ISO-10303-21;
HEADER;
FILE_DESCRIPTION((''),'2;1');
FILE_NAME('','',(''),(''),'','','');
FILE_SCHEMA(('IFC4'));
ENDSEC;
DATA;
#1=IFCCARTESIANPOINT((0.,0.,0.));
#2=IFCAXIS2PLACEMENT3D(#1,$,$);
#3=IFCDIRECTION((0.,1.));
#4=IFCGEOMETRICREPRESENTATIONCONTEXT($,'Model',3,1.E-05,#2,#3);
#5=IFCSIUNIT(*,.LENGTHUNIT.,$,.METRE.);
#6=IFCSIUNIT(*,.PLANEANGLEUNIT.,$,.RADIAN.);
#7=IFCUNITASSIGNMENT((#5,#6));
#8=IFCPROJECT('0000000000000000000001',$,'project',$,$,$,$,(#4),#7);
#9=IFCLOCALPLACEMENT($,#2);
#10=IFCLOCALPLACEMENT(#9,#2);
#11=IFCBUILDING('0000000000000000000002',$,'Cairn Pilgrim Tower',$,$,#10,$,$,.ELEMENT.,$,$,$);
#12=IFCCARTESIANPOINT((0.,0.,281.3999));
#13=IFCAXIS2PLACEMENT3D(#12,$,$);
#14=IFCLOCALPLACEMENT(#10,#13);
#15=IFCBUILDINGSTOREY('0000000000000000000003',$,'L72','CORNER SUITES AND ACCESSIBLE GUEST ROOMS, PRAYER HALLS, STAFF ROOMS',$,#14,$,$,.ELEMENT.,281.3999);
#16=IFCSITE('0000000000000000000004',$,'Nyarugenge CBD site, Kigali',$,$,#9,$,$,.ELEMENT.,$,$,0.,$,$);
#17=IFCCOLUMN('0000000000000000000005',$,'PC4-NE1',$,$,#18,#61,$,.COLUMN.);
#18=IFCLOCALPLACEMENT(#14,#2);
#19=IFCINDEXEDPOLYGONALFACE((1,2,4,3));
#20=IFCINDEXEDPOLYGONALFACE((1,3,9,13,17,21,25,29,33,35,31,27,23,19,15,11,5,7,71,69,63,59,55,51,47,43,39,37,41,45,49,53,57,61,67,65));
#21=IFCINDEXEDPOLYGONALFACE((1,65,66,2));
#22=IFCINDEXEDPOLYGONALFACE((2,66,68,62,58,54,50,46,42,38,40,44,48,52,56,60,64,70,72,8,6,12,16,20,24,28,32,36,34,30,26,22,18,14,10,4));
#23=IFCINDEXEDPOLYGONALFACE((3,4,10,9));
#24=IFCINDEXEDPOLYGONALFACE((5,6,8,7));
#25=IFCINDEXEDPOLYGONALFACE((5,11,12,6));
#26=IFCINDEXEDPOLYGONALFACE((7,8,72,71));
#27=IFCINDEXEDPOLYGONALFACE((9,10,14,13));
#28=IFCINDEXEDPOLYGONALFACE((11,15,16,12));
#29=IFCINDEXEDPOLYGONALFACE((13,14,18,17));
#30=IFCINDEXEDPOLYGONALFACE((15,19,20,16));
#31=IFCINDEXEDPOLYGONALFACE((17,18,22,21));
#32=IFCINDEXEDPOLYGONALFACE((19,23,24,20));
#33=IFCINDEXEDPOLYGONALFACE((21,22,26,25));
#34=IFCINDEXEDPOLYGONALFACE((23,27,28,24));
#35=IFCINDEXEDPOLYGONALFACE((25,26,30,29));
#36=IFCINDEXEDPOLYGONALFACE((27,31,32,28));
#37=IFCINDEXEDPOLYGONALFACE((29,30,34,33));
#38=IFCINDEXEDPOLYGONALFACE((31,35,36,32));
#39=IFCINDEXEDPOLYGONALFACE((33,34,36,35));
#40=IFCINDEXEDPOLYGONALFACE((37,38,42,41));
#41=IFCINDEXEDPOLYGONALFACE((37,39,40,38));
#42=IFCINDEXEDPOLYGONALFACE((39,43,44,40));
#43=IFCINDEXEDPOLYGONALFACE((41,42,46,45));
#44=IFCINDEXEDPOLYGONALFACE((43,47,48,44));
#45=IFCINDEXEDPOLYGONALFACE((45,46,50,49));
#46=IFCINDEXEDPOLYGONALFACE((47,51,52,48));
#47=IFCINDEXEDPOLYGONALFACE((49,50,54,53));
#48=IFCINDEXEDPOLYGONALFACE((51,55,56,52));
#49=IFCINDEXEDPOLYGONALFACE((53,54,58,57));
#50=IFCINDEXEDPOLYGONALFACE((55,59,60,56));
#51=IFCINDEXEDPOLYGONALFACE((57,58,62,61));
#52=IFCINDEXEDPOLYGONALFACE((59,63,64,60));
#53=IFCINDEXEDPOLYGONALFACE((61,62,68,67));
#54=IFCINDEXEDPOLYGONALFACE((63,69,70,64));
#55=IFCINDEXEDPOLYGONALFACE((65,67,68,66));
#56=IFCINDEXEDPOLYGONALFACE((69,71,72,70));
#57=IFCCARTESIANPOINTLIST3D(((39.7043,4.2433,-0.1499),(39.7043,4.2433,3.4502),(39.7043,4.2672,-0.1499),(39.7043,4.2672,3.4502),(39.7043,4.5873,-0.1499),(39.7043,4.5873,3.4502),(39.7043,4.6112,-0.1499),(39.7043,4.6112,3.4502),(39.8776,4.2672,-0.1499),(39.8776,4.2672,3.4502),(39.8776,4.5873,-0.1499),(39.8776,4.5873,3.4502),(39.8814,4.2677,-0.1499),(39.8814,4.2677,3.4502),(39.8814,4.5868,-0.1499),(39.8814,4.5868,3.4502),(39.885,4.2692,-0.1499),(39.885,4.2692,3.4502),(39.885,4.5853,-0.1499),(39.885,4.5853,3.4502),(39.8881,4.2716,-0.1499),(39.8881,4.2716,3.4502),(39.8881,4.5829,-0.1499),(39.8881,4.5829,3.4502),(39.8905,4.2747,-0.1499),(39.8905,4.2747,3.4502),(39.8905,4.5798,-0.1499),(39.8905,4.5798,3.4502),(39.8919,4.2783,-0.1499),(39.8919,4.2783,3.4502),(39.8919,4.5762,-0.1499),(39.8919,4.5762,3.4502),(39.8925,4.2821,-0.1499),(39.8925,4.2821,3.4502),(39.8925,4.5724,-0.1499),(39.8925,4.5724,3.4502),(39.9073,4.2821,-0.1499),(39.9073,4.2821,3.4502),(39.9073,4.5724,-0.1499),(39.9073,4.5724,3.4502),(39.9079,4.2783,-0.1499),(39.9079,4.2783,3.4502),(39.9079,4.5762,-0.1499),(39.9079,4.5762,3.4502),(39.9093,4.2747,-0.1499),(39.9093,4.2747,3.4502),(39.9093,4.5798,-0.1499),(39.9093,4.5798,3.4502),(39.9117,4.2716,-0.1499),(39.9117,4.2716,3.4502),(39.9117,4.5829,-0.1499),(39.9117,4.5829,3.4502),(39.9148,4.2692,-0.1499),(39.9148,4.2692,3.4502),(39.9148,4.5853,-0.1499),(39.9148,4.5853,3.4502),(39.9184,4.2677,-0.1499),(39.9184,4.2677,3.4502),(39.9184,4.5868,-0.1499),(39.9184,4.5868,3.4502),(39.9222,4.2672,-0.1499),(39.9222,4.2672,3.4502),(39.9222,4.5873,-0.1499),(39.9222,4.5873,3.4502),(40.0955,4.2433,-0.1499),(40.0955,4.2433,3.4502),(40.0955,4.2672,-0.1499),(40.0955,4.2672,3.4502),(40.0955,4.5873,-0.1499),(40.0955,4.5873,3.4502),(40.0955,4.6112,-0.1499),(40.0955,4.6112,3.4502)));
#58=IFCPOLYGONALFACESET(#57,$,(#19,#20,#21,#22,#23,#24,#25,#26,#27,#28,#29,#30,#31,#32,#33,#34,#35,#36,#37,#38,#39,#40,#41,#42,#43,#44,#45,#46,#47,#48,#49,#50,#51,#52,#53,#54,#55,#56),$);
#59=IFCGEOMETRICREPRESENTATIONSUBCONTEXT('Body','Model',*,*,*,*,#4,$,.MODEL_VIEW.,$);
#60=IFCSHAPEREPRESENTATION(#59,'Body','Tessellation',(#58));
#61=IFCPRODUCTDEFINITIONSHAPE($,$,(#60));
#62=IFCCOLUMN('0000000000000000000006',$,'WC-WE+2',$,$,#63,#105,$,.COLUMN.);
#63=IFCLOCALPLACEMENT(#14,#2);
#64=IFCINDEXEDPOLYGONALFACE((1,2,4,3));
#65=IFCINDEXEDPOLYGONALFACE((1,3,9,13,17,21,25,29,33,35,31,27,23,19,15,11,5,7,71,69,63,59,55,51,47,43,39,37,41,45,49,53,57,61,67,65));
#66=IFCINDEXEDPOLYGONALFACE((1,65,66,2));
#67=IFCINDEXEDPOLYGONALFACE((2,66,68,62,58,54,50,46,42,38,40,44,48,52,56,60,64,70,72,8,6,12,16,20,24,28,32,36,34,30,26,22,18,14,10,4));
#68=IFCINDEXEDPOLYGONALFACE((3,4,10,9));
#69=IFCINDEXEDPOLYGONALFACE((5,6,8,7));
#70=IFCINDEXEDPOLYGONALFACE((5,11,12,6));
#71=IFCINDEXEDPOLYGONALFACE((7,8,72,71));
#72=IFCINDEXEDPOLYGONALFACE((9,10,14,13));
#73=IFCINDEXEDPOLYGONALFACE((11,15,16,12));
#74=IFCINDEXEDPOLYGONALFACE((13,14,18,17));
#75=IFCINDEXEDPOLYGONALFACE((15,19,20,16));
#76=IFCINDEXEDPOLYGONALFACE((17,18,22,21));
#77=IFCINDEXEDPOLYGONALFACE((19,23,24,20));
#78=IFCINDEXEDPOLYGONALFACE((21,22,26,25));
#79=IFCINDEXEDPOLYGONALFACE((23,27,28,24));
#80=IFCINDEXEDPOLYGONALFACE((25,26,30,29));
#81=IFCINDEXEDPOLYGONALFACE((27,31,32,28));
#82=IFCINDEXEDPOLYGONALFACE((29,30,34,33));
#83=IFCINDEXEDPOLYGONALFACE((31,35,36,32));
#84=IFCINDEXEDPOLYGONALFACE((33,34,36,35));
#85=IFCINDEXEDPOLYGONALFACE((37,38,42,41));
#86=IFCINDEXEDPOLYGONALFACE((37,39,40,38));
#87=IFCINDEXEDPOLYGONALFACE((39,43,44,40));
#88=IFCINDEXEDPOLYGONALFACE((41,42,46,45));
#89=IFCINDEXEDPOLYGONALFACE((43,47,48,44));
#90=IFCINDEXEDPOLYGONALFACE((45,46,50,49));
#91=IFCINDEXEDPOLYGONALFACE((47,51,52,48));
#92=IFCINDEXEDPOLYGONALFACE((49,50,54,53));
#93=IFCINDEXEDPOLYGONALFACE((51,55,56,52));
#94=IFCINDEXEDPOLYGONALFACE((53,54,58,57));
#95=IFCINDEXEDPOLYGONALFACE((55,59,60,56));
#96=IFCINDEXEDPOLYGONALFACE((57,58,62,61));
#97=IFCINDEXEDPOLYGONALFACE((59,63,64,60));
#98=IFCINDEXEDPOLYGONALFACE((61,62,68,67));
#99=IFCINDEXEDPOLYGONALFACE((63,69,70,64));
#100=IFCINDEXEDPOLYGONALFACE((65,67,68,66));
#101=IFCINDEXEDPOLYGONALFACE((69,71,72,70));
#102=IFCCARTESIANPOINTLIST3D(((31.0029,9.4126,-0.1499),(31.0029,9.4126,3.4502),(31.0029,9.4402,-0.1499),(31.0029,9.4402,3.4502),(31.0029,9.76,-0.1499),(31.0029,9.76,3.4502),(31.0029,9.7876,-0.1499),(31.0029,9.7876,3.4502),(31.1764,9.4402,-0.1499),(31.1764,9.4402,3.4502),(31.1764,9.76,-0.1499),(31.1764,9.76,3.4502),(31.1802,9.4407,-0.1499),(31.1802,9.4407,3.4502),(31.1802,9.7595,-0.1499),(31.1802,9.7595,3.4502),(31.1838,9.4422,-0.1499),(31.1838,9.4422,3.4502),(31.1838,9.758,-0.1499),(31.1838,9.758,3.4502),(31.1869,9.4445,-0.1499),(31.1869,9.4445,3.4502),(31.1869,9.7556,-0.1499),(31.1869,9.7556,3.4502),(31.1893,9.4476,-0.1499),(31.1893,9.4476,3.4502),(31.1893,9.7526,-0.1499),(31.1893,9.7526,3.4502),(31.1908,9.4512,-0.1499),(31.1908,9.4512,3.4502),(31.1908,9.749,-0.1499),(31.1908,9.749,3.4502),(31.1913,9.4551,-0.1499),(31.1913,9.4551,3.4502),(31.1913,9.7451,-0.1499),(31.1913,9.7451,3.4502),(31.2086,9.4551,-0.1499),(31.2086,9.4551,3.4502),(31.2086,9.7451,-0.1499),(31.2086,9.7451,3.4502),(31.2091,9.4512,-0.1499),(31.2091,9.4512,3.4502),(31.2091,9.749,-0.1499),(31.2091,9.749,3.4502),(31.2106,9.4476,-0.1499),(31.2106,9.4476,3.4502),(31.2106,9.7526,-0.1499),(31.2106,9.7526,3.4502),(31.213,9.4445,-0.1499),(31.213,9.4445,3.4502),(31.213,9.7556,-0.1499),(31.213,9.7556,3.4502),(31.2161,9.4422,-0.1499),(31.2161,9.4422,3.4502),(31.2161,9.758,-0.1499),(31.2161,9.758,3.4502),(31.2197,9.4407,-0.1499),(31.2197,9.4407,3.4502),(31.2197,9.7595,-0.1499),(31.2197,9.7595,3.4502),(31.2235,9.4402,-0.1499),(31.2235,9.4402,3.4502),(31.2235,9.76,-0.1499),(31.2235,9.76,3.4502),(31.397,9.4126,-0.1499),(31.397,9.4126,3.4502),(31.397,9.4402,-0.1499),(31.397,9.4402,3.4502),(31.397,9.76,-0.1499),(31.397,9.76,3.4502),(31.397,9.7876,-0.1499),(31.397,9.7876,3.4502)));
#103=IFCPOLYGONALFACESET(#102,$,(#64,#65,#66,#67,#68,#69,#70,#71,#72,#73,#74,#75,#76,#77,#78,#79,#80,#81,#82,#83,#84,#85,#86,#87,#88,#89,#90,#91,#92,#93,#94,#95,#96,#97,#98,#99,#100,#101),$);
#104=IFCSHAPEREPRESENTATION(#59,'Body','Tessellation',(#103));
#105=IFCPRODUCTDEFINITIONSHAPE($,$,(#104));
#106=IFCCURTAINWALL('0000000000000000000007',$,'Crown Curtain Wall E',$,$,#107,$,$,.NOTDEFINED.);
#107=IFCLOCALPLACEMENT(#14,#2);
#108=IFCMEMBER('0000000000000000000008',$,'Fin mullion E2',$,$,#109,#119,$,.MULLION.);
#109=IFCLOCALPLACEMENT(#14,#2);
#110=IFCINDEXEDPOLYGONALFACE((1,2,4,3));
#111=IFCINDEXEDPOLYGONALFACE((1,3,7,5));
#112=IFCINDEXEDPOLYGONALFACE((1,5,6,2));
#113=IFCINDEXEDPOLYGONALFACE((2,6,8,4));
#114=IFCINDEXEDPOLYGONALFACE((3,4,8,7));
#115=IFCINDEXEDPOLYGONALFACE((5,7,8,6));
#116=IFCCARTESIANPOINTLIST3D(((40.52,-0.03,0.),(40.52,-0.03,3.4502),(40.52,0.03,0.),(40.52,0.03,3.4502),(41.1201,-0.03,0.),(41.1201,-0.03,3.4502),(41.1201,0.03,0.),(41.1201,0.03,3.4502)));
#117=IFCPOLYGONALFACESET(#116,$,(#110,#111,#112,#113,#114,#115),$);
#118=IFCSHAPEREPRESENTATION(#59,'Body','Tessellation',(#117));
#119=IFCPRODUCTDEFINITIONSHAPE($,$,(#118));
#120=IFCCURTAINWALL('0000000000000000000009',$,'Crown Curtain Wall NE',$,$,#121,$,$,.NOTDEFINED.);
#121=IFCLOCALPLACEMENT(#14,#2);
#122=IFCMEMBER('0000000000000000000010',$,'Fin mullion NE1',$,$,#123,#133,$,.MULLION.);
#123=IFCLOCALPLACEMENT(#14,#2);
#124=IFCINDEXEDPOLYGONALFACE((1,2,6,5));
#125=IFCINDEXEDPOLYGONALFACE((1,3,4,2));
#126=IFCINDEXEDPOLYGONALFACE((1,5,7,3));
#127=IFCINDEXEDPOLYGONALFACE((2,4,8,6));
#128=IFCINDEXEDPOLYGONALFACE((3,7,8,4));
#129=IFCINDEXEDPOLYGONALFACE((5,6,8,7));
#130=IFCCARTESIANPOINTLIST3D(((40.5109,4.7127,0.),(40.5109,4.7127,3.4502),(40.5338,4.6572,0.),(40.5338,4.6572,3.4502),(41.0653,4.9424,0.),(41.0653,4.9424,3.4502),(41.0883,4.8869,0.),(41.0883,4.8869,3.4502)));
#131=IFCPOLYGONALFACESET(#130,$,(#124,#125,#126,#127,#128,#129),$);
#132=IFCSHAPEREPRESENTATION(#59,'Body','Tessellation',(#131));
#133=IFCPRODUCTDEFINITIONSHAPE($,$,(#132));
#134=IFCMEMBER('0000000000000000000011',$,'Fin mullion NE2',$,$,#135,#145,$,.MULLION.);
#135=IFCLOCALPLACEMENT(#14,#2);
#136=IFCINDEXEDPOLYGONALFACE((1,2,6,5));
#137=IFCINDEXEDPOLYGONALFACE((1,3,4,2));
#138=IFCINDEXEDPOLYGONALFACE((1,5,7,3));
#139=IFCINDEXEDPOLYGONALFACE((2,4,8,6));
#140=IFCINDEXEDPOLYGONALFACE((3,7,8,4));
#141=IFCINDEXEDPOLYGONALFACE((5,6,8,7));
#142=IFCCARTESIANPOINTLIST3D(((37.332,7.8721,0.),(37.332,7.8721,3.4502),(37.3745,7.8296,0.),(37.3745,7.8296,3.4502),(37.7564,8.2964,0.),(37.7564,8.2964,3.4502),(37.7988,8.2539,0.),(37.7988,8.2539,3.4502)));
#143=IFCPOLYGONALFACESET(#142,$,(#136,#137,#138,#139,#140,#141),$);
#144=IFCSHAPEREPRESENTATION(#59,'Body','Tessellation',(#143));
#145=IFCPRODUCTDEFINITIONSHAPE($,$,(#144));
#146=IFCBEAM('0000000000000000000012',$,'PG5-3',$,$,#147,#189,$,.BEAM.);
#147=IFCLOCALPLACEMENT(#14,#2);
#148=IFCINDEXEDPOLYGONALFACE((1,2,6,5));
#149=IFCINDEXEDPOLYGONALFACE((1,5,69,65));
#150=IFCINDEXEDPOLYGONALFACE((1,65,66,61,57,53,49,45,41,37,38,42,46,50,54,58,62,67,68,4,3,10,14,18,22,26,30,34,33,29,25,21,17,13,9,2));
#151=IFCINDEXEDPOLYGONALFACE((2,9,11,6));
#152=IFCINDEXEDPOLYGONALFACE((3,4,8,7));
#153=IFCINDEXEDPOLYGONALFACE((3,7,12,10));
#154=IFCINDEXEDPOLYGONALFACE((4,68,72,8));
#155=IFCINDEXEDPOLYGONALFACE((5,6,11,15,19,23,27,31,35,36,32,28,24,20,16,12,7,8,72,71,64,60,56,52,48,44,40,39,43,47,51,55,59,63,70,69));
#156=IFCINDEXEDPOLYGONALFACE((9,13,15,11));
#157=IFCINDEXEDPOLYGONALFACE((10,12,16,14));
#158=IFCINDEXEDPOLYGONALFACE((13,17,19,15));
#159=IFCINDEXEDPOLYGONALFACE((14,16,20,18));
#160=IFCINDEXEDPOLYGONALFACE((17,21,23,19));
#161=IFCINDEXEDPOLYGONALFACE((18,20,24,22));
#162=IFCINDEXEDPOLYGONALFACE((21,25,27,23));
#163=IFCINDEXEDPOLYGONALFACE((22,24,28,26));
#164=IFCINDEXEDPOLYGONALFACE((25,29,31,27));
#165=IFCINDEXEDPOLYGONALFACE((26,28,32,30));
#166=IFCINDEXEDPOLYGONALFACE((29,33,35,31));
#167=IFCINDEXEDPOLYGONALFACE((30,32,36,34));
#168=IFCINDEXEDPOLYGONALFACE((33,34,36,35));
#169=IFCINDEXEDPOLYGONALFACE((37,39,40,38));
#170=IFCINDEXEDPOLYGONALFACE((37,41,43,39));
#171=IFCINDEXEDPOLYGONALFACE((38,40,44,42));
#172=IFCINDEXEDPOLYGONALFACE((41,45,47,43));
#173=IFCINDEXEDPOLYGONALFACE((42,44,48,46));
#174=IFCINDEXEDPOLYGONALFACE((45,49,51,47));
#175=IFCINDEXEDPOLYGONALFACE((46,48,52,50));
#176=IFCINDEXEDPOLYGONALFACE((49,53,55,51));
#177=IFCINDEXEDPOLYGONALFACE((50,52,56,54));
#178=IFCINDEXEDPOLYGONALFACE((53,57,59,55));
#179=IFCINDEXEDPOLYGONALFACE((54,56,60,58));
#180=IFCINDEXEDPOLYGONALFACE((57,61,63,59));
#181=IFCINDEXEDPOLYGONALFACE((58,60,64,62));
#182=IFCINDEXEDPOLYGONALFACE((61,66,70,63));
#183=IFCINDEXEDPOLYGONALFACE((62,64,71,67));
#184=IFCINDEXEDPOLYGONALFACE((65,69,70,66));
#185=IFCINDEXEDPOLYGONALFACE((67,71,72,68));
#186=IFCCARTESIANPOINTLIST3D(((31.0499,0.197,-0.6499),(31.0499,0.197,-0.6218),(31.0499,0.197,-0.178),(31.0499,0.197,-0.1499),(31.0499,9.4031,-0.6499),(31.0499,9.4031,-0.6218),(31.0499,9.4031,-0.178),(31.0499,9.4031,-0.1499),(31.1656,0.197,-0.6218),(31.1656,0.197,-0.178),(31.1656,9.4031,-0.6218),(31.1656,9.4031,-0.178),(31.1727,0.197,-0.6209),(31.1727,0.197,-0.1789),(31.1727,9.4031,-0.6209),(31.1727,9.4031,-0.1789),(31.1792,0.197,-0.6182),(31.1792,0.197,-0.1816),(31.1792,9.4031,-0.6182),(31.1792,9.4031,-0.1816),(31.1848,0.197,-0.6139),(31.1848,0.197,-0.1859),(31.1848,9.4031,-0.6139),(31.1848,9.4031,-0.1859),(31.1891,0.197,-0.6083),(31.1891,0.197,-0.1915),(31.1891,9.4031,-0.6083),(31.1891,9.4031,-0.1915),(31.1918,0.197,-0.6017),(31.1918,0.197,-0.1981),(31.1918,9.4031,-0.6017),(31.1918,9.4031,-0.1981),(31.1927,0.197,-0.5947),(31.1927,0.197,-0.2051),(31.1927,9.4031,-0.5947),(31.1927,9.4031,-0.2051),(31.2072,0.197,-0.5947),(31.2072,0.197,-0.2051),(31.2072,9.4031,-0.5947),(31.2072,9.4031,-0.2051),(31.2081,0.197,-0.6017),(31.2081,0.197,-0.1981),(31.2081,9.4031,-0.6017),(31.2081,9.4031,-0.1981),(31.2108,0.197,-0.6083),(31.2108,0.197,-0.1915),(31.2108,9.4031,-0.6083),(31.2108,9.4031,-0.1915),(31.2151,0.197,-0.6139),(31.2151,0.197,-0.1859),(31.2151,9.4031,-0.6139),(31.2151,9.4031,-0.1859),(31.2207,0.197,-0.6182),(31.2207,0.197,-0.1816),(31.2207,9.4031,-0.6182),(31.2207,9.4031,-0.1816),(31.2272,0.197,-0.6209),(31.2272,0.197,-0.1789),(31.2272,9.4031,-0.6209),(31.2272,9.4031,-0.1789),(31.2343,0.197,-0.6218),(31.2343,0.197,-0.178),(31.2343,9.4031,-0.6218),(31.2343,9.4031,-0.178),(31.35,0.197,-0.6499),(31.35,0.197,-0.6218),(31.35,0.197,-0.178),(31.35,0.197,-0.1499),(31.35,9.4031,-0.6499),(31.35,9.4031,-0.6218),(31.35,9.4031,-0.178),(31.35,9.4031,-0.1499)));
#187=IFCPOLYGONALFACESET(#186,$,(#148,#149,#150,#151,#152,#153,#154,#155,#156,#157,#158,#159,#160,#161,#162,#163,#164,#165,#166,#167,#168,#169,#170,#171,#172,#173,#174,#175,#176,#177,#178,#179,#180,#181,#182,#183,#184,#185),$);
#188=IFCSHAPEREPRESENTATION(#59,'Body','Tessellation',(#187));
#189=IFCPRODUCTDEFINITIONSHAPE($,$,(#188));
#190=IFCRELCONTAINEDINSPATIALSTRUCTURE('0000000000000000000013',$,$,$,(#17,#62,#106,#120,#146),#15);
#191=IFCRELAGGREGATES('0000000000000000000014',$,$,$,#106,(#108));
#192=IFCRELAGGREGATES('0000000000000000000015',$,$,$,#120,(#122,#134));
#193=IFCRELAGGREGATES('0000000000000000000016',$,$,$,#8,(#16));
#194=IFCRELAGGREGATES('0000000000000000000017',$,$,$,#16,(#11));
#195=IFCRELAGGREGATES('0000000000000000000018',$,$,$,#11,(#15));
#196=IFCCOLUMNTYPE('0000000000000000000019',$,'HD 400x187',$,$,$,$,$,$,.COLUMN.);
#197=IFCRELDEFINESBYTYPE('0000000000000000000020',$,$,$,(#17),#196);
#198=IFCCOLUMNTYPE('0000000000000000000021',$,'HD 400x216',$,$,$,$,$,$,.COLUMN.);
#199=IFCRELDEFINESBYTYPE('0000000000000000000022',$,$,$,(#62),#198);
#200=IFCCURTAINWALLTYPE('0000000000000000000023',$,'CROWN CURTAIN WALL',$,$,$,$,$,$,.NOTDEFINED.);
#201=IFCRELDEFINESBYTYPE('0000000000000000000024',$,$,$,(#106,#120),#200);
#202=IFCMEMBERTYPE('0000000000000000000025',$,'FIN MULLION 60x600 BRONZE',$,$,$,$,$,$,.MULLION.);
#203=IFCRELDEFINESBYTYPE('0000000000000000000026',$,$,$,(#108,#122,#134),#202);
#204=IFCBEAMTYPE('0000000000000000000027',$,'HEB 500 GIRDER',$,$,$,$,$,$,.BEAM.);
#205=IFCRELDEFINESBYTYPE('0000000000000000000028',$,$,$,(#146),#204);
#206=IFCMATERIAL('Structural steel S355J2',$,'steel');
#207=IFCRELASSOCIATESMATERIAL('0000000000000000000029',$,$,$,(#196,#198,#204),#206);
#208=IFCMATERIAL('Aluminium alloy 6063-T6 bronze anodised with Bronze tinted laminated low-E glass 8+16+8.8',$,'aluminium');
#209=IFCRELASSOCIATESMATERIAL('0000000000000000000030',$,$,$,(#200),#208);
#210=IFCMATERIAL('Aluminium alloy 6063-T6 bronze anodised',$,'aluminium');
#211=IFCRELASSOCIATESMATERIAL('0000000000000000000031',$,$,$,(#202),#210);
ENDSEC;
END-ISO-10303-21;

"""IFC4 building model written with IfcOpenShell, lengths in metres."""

from ifc_helpers import new_model, si_unit, direction, frame, origin, origin_2d, place, context, subcontext, project, spatial, rectangle, i_section, extrude, material, material_profile, profile_set, type_object, element, aggregate, save


model = new_model("IFC4")

# Units and contexts
model_context = context("Model", 3, precision=1e-05, world=origin(), true_north=direction((0.0, 1.0)))
body_context = subcontext(model_context, "Body", "Model", "MODEL_VIEW")
ifc_project = project(units=[si_unit("LENGTHUNIT", "METRE"), si_unit("PLANEANGLEUNIT", "RADIAN")], contexts=[model_context])

# Site, building, storey
site_placement = place(None, origin())
site = spatial("IfcSite", under=ifc_project, at=site_placement, Name="Nyarugenge CBD site, Kigali", CompositionType="ELEMENT", RefElevation=0.0)
building_placement = place(site_placement, origin())
building = spatial("IfcBuilding", under=site, at=building_placement, Name="Cairn Pilgrim Tower", CompositionType="ELEMENT")
storey_placement = place(building_placement, frame((0.0, 0.0, 281.3999)))
storey = spatial("IfcBuildingStorey", under=building, at=storey_placement, Name="L72", Description="CORNER SUITES AND ACCESSIBLE GUEST ROOMS, PRAYER HALLS, STAFF ROOMS", CompositionType="ELEMENT", Elevation=281.3999)

# Columns
ifc_material_1 = material(Name="Structural steel S355J2", Category="steel")
ifc_material_profile_1 = material_profile(ifc_material_1, i_section(OverallWidth=0.3911, OverallDepth=0.3679, WebThickness=0.0149, FlangeThickness=0.0239, FilletRadius=0.0149, at=origin_2d()), Name="HD 400x187")
ifc_profile_set_1 = profile_set([ifc_material_profile_1], Name="Structural steel S355J2")
column_type_1 = type_object("IfcColumnType", Name="HD 400x187", PredefinedType="COLUMN", material=ifc_profile_set_1)
column_1_placement = place(storey_placement, frame((39.8999, 4.4272, -0.1499), z_axis=(0.0, 0.0, 1.0), x_axis=(1.0, 0.0, 0.0)))
element("IfcColumn", 1, at=column_1_placement, inside=storey, type_object=column_type_1, Name="PC4-NE1", PredefinedType="COLUMN", context=body_context, shape_type="SweptSolid", body=[
    extrude(i_section(OverallWidth=0.3911, OverallDepth=0.3679, WebThickness=0.0149, FlangeThickness=0.0239, FilletRadius=0.0149, at=origin_2d()), origin(), (0.0, 0.0, 1.0), 3.6001),
])
ifc_material_profile_2 = material_profile(ifc_material_1, i_section(OverallWidth=0.394, OverallDepth=0.375, WebThickness=0.0173, FlangeThickness=0.0276, FilletRadius=0.0149, at=origin_2d()), Name="HD 400x216")
ifc_profile_set_2 = profile_set([ifc_material_profile_2], Name="Structural steel S355J2")
column_type_2 = type_object("IfcColumnType", Name="HD 400x216", PredefinedType="COLUMN", material=ifc_profile_set_2)
column_2_placement = place(storey_placement, frame((31.2, 9.6001, -0.1499), z_axis=(0.0, 0.0, 1.0), x_axis=(1.0, 0.0, 0.0)))
element("IfcColumn", 2, at=column_2_placement, inside=storey, type_object=column_type_2, Name="WC-WE+2", PredefinedType="COLUMN", context=body_context, shape_type="SweptSolid", body=[
    extrude(i_section(OverallWidth=0.394, OverallDepth=0.375, WebThickness=0.0173, FlangeThickness=0.0276, FilletRadius=0.0149, at=origin_2d()), origin(), (0.0, 0.0, 1.0), 3.6001),
])

# Curtain wall, member
ifc_material_2 = material(Name="Aluminium alloy 6063-T6 bronze anodised with Bronze tinted laminated low-E glass 8+16+8.8", Category="aluminium")
curtain_wall_type = type_object("IfcCurtainWallType", Name="CROWN CURTAIN WALL", PredefinedType="NOTDEFINED", material=ifc_material_2)
curtain_wall_1_placement = place(storey_placement, origin())
curtain_wall_1 = element("IfcCurtainWall", 3, at=curtain_wall_1_placement, inside=storey, type_object=curtain_wall_type, Name="Crown Curtain Wall E", PredefinedType="NOTDEFINED")
ifc_material_3 = material(Name="Aluminium alloy 6063-T6 bronze anodised", Category="aluminium")
ifc_material_profile_3 = material_profile(ifc_material_3, rectangle(XDim=0.6001, YDim=0.0601, at=origin_2d()), Name="FIN MULLION 60x600 BRONZE")
ifc_profile_set_3 = profile_set([ifc_material_profile_3], Name="Aluminium alloy 6063-T6 bronze anodised")
member_type_1 = type_object("IfcMemberType", Name="FIN MULLION 60x600 BRONZE", PredefinedType="MULLION", material=ifc_profile_set_3)
member_1_placement = place(storey_placement, frame((40.8201, 0.0, 0.0), z_axis=(0.0, 0.0, 1.0), x_axis=(1.0, 0.0, 0.0)))
member_1 = element("IfcMember", 4, at=member_1_placement, type_object=member_type_1, Name="Fin mullion E2", PredefinedType="MULLION", context=body_context, shape_type="SweptSolid", body=[
    extrude(rectangle(XDim=0.6001, YDim=0.0601, at=origin_2d()), origin(), (0.0, 0.0, 1.0), 3.4502),
])
aggregate(curtain_wall_1, [member_1])

# Curtain wall, members
curtain_wall_2_placement = place(storey_placement, origin())
curtain_wall_2 = element("IfcCurtainWall", 5, at=curtain_wall_2_placement, inside=storey, type_object=curtain_wall_type, Name="Crown Curtain Wall NE", PredefinedType="NOTDEFINED")
member_2_placement = place(storey_placement, frame((40.7996, 4.7998, 0.0), z_axis=(0.0, 0.0, 1.0), x_axis=(0.92388, 0.382683, 0.0)))
member_2 = element("IfcMember", 6, at=member_2_placement, type_object=member_type_1, Name="Fin mullion NE1", PredefinedType="MULLION", context=body_context, shape_type="SweptSolid", body=[
    extrude(rectangle(XDim=0.6001, YDim=0.0601, at=origin_2d()), origin(), (0.0, 0.0, 1.0), 3.4502),
])
member_3_placement = place(storey_placement, frame((37.5654, 8.063, 0.0), z_axis=(0.0, 0.0, 1.0), x_axis=(0.707107, 0.707107, 0.0)))
member_3 = element("IfcMember", 7, at=member_3_placement, type_object=member_type_1, Name="Fin mullion NE2", PredefinedType="MULLION", context=body_context, shape_type="SweptSolid", body=[
    extrude(rectangle(XDim=0.6001, YDim=0.0601, at=origin_2d()), origin(), (0.0, 0.0, 1.0), 3.4502),
])

# Beam
ifc_material_profile_4 = material_profile(ifc_material_1, i_section(OverallWidth=0.3, OverallDepth=0.5, WebThickness=0.0144, FlangeThickness=0.0281, FilletRadius=0.0271, at=origin_2d()), Name="HEB 500")
ifc_profile_set_4 = profile_set([ifc_material_profile_4], Name="Structural steel S355J2")
beam_type_1 = type_object("IfcBeamType", Name="HEB 500 GIRDER", PredefinedType="BEAM", material=ifc_profile_set_4)
beam_1_placement = place(storey_placement, frame((31.2, 0.197, -0.3999), z_axis=(0.0, 1.0, 0.0), x_axis=(-1.0, 0.0, 0.0)))
element("IfcBeam", 8, at=beam_1_placement, inside=storey, type_object=beam_type_1, Name="PG5-3", PredefinedType="BEAM", context=body_context, shape_type="SweptSolid", body=[
    extrude(i_section(OverallWidth=0.3, OverallDepth=0.5, WebThickness=0.0144, FlangeThickness=0.0281, FilletRadius=0.0271, at=origin_2d()), origin(), (0.0, 0.0, 1.0), 9.2061),
])

aggregate(curtain_wall_2, [member_2, member_3])

save(model, "model.ifc")
